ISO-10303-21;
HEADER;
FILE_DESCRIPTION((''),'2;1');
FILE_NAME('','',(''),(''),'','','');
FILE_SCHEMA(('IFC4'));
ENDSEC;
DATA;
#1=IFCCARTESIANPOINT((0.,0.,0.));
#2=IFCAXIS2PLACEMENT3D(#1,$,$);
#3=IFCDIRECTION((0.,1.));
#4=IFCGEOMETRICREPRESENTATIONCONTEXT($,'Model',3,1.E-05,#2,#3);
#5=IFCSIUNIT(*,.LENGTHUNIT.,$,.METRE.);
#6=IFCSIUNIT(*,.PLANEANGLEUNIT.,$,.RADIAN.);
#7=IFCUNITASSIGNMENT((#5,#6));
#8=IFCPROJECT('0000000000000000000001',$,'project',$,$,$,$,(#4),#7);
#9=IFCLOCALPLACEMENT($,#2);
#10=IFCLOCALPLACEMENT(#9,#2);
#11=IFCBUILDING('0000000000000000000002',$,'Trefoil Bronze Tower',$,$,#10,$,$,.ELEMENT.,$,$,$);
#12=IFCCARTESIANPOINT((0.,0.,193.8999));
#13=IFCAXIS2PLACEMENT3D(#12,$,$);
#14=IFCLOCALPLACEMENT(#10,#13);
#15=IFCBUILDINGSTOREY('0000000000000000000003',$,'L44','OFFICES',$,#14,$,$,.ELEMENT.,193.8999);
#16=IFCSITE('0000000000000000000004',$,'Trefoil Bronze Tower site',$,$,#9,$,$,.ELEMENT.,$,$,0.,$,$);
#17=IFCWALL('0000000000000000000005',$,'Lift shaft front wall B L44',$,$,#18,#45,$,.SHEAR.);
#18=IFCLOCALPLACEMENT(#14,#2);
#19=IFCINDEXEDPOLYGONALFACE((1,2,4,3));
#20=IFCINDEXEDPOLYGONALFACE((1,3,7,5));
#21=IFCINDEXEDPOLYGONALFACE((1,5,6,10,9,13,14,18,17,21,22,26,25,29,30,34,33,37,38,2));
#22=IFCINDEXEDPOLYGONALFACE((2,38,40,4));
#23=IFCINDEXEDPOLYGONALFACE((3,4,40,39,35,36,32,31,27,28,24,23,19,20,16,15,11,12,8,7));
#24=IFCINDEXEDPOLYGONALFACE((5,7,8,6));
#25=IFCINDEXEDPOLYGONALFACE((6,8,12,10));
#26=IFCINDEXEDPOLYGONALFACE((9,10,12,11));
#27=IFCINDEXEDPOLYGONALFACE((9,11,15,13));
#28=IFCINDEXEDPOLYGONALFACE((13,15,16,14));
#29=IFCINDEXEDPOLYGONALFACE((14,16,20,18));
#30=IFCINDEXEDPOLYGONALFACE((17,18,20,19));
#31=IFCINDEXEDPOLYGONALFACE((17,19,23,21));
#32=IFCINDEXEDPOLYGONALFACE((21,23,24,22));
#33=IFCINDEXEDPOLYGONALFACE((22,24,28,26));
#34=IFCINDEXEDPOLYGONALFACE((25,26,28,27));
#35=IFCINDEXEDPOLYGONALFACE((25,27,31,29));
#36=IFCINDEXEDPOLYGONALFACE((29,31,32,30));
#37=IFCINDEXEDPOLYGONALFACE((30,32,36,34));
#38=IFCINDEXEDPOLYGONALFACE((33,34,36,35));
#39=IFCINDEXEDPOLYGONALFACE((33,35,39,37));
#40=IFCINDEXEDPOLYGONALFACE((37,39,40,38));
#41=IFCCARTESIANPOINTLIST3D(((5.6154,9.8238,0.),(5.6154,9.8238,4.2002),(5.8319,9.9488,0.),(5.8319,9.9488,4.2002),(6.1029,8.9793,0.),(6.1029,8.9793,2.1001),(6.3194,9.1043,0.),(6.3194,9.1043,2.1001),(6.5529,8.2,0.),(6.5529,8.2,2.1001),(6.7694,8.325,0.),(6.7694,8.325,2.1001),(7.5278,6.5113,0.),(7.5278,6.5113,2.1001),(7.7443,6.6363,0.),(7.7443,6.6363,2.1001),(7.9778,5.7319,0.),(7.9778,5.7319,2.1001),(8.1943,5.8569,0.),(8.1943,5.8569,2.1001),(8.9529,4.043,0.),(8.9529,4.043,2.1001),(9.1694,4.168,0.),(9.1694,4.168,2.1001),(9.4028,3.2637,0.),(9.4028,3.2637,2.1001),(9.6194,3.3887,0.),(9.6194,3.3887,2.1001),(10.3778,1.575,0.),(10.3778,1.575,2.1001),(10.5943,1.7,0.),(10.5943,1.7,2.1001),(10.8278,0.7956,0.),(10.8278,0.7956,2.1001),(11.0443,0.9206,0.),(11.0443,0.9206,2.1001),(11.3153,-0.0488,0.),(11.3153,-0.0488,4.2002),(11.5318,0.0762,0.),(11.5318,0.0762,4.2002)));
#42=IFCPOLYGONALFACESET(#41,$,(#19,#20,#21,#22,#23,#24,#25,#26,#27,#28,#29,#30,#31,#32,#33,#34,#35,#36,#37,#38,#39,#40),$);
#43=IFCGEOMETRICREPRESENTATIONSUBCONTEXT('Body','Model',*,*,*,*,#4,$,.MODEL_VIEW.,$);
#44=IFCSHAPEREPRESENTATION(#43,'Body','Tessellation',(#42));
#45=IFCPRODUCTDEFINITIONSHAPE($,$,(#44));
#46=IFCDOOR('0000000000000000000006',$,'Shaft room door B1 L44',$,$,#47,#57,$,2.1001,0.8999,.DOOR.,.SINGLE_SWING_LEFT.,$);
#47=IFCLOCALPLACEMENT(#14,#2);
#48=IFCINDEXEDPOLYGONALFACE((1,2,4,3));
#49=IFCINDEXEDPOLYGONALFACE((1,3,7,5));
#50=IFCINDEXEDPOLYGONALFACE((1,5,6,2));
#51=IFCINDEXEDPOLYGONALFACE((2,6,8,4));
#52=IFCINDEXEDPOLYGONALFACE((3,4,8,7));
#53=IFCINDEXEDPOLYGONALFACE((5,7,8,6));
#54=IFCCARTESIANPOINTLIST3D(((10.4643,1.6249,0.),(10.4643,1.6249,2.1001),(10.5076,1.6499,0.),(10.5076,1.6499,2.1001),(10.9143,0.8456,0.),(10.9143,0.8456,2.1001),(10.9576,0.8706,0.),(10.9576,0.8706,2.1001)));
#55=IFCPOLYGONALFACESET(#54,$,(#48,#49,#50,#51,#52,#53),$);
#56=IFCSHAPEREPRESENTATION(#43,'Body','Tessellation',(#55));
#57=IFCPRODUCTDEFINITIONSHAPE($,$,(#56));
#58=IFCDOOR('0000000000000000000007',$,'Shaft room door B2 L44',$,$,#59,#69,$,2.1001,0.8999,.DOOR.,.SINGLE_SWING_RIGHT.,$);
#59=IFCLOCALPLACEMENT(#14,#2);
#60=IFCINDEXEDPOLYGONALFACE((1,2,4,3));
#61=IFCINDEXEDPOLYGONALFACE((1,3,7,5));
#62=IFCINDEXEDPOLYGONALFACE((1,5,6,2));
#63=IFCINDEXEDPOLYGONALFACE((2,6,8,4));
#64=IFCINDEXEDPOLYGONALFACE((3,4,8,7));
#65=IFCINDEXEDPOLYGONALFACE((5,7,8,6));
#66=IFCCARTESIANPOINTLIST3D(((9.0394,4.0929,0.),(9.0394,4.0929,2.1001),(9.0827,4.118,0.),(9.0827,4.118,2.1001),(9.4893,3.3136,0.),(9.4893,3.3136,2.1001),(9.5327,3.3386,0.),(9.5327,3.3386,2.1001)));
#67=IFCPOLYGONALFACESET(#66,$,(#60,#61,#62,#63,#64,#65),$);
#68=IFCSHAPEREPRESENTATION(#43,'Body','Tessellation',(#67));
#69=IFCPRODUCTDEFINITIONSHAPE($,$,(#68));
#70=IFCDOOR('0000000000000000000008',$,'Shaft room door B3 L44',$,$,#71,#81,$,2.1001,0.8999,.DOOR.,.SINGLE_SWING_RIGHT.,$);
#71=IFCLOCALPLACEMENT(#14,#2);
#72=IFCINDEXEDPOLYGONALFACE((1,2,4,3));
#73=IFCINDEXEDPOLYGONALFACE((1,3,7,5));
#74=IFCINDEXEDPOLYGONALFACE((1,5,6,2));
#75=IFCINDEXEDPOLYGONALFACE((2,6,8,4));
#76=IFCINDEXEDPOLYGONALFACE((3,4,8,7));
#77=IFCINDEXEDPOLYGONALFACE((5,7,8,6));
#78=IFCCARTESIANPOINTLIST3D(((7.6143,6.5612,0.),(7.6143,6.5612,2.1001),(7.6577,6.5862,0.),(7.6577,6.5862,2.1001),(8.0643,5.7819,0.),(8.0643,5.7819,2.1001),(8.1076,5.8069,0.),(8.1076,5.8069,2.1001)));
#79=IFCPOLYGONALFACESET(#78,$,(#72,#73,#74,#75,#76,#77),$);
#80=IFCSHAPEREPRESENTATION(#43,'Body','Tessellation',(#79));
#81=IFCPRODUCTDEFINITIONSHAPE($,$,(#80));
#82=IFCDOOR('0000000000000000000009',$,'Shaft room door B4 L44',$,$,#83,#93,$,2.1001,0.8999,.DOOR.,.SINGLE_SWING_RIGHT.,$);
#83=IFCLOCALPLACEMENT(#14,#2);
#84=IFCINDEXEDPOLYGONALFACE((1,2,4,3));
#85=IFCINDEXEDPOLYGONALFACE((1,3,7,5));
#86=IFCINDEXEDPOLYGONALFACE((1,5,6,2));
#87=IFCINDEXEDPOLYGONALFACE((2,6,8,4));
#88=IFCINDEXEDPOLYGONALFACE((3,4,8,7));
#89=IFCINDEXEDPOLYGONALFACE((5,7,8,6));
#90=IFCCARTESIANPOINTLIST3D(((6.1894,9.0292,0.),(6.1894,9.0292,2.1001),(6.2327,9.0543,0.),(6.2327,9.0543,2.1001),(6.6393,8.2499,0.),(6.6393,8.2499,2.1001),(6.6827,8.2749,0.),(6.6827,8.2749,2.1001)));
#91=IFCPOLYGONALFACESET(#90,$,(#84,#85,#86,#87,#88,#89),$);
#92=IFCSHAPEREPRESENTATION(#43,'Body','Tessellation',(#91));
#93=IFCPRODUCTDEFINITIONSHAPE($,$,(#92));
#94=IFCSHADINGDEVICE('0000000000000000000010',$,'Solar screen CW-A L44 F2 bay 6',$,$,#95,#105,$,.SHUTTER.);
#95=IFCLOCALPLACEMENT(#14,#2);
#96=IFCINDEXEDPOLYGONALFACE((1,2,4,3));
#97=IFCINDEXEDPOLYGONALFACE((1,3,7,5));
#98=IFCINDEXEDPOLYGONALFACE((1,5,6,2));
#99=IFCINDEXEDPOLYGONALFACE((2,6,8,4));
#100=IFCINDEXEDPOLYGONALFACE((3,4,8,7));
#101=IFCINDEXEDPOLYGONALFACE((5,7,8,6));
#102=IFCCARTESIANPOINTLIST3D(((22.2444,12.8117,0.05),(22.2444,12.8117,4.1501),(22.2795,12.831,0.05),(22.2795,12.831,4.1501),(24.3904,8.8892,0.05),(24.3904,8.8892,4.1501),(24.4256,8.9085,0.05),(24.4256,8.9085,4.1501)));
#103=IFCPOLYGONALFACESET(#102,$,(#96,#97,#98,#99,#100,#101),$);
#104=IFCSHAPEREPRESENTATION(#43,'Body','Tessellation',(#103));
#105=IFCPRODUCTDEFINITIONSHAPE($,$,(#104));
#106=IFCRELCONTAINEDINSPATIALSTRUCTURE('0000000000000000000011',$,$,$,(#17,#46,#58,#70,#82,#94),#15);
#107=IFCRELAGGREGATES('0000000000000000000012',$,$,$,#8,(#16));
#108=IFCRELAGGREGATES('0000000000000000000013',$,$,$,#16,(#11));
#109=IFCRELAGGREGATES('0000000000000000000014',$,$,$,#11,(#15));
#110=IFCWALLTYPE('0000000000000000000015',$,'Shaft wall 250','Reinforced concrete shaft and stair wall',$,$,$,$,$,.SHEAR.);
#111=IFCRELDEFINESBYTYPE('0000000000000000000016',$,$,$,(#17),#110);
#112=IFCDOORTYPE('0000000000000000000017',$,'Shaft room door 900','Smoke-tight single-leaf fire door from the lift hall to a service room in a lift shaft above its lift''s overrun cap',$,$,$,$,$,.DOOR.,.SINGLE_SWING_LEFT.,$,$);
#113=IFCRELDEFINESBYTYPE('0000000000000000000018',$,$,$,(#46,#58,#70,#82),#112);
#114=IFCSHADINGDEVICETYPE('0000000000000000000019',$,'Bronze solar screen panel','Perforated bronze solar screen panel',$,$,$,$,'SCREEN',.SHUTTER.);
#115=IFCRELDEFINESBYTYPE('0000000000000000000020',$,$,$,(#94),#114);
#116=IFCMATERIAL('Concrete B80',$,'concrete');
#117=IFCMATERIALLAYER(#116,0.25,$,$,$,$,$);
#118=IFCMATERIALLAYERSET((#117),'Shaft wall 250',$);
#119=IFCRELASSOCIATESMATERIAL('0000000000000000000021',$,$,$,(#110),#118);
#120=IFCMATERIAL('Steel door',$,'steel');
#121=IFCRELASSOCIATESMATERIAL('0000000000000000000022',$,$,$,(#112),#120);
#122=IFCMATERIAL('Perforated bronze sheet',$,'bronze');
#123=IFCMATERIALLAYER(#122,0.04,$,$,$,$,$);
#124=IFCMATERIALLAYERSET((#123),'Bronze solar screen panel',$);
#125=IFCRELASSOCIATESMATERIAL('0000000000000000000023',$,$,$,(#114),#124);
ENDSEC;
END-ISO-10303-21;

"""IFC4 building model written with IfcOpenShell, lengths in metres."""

from ifc_helpers import new_model, si_unit, direction, frame, frame_2d, origin, origin_2d, place, context, subcontext, project, spatial, rectangle, extrude, material, layer, layer_set, type_object, element, fill, save


model = new_model("IFC4")

# Units and contexts
model_context = context("Model", 3, precision=1e-05, world=origin(), true_north=direction((0.0, 1.0)))
body_context = subcontext(model_context, "Body", "Model", "MODEL_VIEW")
ifc_project = project(units=[si_unit("LENGTHUNIT", "METRE"), si_unit("PLANEANGLEUNIT", "RADIAN")], contexts=[model_context])

# Site, building, storey
site_placement = place(None, origin())
site = spatial("IfcSite", under=ifc_project, at=site_placement, Name="Trefoil Bronze Tower site", CompositionType="ELEMENT", RefElevation=0.0)
building_placement = place(site_placement, origin())
building = spatial("IfcBuilding", under=site, at=building_placement, Name="Trefoil Bronze Tower", CompositionType="ELEMENT")
storey_placement = place(building_placement, frame((0.0, 0.0, 193.8999)))
storey = spatial("IfcBuildingStorey", under=building, at=storey_placement, Name="L44", Description="OFFICES", CompositionType="ELEMENT", Elevation=193.8999)

# Wall, openings, doors
ifc_material_1 = material(Name="Concrete B80", Category="concrete")
ifc_layer_1 = layer(ifc_material_1, 0.25)
ifc_layer_set_1 = layer_set([ifc_layer_1], Name="Shaft wall 250")
wall_type_1 = type_object("IfcWallType", Name="Shaft wall 250", Description="Reinforced concrete shaft and stair wall", PredefinedType="SHEAR", material=ifc_layer_set_1)
wall_1_placement = place(storey_placement, frame((11.4236, 0.0137, 0.0), z_axis=(0.0, 0.0, 1.0), x_axis=(-0.500002, 0.866024, 0.0)))
wall_1 = element("IfcWall", 1, at=wall_1_placement, inside=storey, type_object=wall_type_1, Name="Lift shaft front wall B L44", PredefinedType="SHEAR", context=body_context, shape_type="SweptSolid", body=[
    extrude(rectangle(XDim=11.3999, YDim=0.25, at=frame_2d((5.7, 0.0))), origin(), (0.0, 0.0, 1.0), 4.2002),
])
opening_1_placement = place(wall_1_placement, frame((0.9751, 0.0, 0.0)))
opening_1 = element("IfcOpeningElement", 2, at=opening_1_placement, cuts=wall_1, PredefinedType="OPENING", context=body_context, shape_type="SweptSolid", body=[
    extrude(rectangle(XDim=0.8999, YDim=2.1001, at=frame_2d((0.45, 1.05))), frame((0.0, 0.135, 0.0), z_axis=(0.0, -1.0, 0.0), x_axis=(1.0, 0.0, 0.0)), (0.0, 0.0, 1.0), 0.27),
])
opening_2_placement = place(wall_1_placement, frame((3.825, 0.0, 0.0)))
opening_2 = element("IfcOpeningElement", 3, at=opening_2_placement, cuts=wall_1, PredefinedType="OPENING", context=body_context, shape_type="SweptSolid", body=[
    extrude(rectangle(XDim=0.8999, YDim=2.1001, at=frame_2d((0.45, 1.05))), frame((0.0, 0.135, 0.0), z_axis=(0.0, -1.0, 0.0), x_axis=(1.0, 0.0, 0.0)), (0.0, 0.0, 1.0), 0.27),
])
opening_3_placement = place(wall_1_placement, frame((6.675, 0.0, 0.0)))
opening_3 = element("IfcOpeningElement", 4, at=opening_3_placement, cuts=wall_1, PredefinedType="OPENING", context=body_context, shape_type="SweptSolid", body=[
    extrude(rectangle(XDim=0.8999, YDim=2.1001, at=frame_2d((0.45, 1.05))), frame((0.0, 0.135, 0.0), z_axis=(0.0, -1.0, 0.0), x_axis=(1.0, 0.0, 0.0)), (0.0, 0.0, 1.0), 0.27),
])
opening_4_placement = place(wall_1_placement, frame((9.5249, 0.0, 0.0)))
opening_4 = element("IfcOpeningElement", 5, at=opening_4_placement, cuts=wall_1, PredefinedType="OPENING", context=body_context, shape_type="SweptSolid", body=[
    extrude(rectangle(XDim=0.8999, YDim=2.1001, at=frame_2d((0.45, 1.05))), frame((0.0, 0.135, 0.0), z_axis=(0.0, -1.0, 0.0), x_axis=(1.0, 0.0, 0.0)), (0.0, 0.0, 1.0), 0.27),
])
ifc_material_2 = material(Name="Steel door", Category="steel")
door_type_1 = type_object("IfcDoorType", Name="Shaft room door 900", Description="Smoke-tight single-leaf fire door from the lift hall to a service room in a lift shaft above its lift's overrun cap", OperationType="SINGLE_SWING_LEFT", PredefinedType="DOOR", material=ifc_material_2)
door_1_placement = place(opening_1_placement, frame((0.8999, 0.0, 0.0), z_axis=(0.0, 0.0, 1.0), x_axis=(-1.0, 0.0, 0.0)))
door_1 = element("IfcDoor", 6, at=door_1_placement, inside=storey, type_object=door_type_1, Name="Shaft room door B1 L44", OperationType="SINGLE_SWING_LEFT", OverallHeight=2.1001, OverallWidth=0.8999, PredefinedType="DOOR", context=body_context, shape_type="SweptSolid", body=[
    extrude(rectangle(XDim=0.8999, YDim=2.1001, at=frame_2d((0.45, 1.05))), frame((0.0, 0.0249, 0.0), z_axis=(0.0, -1.0, 0.0), x_axis=(1.0, 0.0, 0.0)), (0.0, 0.0, 1.0), 0.05),
])
fill(opening_1, door_1)
door_2_placement = place(opening_2_placement, frame((0.8999, 0.0, 0.0), z_axis=(0.0, 0.0, 1.0), x_axis=(-1.0, 0.0, 0.0)))
door_2 = element("IfcDoor", 7, at=door_2_placement, inside=storey, type_object=door_type_1, Name="Shaft room door B2 L44", OperationType="SINGLE_SWING_RIGHT", OverallHeight=2.1001, OverallWidth=0.8999, PredefinedType="DOOR", context=body_context, shape_type="SweptSolid", body=[
    extrude(rectangle(XDim=0.8999, YDim=2.1001, at=frame_2d((0.45, 1.05))), frame((0.0, 0.0249, 0.0), z_axis=(0.0, -1.0, 0.0), x_axis=(1.0, 0.0, 0.0)), (0.0, 0.0, 1.0), 0.05),
])
fill(opening_2, door_2)
door_3_placement = place(opening_3_placement, frame((0.8999, 0.0, 0.0), z_axis=(0.0, 0.0, 1.0), x_axis=(-1.0, 0.0, 0.0)))
door_3 = element("IfcDoor", 8, at=door_3_placement, inside=storey, type_object=door_type_1, Name="Shaft room door B3 L44", OperationType="SINGLE_SWING_RIGHT", OverallHeight=2.1001, OverallWidth=0.8999, PredefinedType="DOOR", context=body_context, shape_type="SweptSolid", body=[
    extrude(rectangle(XDim=0.8999, YDim=2.1001, at=frame_2d((0.45, 1.05))), frame((0.0, 0.0249, 0.0), z_axis=(0.0, -1.0, 0.0), x_axis=(1.0, 0.0, 0.0)), (0.0, 0.0, 1.0), 0.05),
])
fill(opening_3, door_3)
door_4_placement = place(opening_4_placement, frame((0.8999, 0.0, 0.0), z_axis=(0.0, 0.0, 1.0), x_axis=(-1.0, 0.0, 0.0)))
door_4 = element("IfcDoor", 9, at=door_4_placement, inside=storey, type_object=door_type_1, Name="Shaft room door B4 L44", OperationType="SINGLE_SWING_RIGHT", OverallHeight=2.1001, OverallWidth=0.8999, PredefinedType="DOOR", context=body_context, shape_type="SweptSolid", body=[
    extrude(rectangle(XDim=0.8999, YDim=2.1001, at=frame_2d((0.45, 1.05))), frame((0.0, 0.0249, 0.0), z_axis=(0.0, -1.0, 0.0), x_axis=(1.0, 0.0, 0.0)), (0.0, 0.0, 1.0), 0.05),
])
fill(opening_4, door_4)

# Shading device
ifc_material_3 = material(Name="Perforated bronze sheet", Category="bronze")
ifc_layer_2 = layer(ifc_material_3, 0.04)
ifc_layer_set_2 = layer_set([ifc_layer_2], Name="Bronze solar screen panel")
shading_device_type = type_object("IfcShadingDeviceType", Name="Bronze solar screen panel", Description="Perforated bronze solar screen panel", ElementType="SCREEN", PredefinedType="SHUTTER", material=ifc_layer_set_2)
shading_device_placement = place(storey_placement, frame((23.335, 10.8601, 0.05), z_axis=(0.0, 0.0, 1.0), x_axis=(-0.479974, 0.877283, 0.0)))
element("IfcShadingDevice", 10, at=shading_device_placement, inside=storey, type_object=shading_device_type, Name="Solar screen CW-A L44 F2 bay 6", PredefinedType="SHUTTER", context=body_context, shape_type="SweptSolid", body=[
    extrude(rectangle(XDim=4.4712, YDim=0.04, at=origin_2d()), origin(), (0.0, 0.0, 1.0), 4.1001),
])

save(model, "model.ifc")
